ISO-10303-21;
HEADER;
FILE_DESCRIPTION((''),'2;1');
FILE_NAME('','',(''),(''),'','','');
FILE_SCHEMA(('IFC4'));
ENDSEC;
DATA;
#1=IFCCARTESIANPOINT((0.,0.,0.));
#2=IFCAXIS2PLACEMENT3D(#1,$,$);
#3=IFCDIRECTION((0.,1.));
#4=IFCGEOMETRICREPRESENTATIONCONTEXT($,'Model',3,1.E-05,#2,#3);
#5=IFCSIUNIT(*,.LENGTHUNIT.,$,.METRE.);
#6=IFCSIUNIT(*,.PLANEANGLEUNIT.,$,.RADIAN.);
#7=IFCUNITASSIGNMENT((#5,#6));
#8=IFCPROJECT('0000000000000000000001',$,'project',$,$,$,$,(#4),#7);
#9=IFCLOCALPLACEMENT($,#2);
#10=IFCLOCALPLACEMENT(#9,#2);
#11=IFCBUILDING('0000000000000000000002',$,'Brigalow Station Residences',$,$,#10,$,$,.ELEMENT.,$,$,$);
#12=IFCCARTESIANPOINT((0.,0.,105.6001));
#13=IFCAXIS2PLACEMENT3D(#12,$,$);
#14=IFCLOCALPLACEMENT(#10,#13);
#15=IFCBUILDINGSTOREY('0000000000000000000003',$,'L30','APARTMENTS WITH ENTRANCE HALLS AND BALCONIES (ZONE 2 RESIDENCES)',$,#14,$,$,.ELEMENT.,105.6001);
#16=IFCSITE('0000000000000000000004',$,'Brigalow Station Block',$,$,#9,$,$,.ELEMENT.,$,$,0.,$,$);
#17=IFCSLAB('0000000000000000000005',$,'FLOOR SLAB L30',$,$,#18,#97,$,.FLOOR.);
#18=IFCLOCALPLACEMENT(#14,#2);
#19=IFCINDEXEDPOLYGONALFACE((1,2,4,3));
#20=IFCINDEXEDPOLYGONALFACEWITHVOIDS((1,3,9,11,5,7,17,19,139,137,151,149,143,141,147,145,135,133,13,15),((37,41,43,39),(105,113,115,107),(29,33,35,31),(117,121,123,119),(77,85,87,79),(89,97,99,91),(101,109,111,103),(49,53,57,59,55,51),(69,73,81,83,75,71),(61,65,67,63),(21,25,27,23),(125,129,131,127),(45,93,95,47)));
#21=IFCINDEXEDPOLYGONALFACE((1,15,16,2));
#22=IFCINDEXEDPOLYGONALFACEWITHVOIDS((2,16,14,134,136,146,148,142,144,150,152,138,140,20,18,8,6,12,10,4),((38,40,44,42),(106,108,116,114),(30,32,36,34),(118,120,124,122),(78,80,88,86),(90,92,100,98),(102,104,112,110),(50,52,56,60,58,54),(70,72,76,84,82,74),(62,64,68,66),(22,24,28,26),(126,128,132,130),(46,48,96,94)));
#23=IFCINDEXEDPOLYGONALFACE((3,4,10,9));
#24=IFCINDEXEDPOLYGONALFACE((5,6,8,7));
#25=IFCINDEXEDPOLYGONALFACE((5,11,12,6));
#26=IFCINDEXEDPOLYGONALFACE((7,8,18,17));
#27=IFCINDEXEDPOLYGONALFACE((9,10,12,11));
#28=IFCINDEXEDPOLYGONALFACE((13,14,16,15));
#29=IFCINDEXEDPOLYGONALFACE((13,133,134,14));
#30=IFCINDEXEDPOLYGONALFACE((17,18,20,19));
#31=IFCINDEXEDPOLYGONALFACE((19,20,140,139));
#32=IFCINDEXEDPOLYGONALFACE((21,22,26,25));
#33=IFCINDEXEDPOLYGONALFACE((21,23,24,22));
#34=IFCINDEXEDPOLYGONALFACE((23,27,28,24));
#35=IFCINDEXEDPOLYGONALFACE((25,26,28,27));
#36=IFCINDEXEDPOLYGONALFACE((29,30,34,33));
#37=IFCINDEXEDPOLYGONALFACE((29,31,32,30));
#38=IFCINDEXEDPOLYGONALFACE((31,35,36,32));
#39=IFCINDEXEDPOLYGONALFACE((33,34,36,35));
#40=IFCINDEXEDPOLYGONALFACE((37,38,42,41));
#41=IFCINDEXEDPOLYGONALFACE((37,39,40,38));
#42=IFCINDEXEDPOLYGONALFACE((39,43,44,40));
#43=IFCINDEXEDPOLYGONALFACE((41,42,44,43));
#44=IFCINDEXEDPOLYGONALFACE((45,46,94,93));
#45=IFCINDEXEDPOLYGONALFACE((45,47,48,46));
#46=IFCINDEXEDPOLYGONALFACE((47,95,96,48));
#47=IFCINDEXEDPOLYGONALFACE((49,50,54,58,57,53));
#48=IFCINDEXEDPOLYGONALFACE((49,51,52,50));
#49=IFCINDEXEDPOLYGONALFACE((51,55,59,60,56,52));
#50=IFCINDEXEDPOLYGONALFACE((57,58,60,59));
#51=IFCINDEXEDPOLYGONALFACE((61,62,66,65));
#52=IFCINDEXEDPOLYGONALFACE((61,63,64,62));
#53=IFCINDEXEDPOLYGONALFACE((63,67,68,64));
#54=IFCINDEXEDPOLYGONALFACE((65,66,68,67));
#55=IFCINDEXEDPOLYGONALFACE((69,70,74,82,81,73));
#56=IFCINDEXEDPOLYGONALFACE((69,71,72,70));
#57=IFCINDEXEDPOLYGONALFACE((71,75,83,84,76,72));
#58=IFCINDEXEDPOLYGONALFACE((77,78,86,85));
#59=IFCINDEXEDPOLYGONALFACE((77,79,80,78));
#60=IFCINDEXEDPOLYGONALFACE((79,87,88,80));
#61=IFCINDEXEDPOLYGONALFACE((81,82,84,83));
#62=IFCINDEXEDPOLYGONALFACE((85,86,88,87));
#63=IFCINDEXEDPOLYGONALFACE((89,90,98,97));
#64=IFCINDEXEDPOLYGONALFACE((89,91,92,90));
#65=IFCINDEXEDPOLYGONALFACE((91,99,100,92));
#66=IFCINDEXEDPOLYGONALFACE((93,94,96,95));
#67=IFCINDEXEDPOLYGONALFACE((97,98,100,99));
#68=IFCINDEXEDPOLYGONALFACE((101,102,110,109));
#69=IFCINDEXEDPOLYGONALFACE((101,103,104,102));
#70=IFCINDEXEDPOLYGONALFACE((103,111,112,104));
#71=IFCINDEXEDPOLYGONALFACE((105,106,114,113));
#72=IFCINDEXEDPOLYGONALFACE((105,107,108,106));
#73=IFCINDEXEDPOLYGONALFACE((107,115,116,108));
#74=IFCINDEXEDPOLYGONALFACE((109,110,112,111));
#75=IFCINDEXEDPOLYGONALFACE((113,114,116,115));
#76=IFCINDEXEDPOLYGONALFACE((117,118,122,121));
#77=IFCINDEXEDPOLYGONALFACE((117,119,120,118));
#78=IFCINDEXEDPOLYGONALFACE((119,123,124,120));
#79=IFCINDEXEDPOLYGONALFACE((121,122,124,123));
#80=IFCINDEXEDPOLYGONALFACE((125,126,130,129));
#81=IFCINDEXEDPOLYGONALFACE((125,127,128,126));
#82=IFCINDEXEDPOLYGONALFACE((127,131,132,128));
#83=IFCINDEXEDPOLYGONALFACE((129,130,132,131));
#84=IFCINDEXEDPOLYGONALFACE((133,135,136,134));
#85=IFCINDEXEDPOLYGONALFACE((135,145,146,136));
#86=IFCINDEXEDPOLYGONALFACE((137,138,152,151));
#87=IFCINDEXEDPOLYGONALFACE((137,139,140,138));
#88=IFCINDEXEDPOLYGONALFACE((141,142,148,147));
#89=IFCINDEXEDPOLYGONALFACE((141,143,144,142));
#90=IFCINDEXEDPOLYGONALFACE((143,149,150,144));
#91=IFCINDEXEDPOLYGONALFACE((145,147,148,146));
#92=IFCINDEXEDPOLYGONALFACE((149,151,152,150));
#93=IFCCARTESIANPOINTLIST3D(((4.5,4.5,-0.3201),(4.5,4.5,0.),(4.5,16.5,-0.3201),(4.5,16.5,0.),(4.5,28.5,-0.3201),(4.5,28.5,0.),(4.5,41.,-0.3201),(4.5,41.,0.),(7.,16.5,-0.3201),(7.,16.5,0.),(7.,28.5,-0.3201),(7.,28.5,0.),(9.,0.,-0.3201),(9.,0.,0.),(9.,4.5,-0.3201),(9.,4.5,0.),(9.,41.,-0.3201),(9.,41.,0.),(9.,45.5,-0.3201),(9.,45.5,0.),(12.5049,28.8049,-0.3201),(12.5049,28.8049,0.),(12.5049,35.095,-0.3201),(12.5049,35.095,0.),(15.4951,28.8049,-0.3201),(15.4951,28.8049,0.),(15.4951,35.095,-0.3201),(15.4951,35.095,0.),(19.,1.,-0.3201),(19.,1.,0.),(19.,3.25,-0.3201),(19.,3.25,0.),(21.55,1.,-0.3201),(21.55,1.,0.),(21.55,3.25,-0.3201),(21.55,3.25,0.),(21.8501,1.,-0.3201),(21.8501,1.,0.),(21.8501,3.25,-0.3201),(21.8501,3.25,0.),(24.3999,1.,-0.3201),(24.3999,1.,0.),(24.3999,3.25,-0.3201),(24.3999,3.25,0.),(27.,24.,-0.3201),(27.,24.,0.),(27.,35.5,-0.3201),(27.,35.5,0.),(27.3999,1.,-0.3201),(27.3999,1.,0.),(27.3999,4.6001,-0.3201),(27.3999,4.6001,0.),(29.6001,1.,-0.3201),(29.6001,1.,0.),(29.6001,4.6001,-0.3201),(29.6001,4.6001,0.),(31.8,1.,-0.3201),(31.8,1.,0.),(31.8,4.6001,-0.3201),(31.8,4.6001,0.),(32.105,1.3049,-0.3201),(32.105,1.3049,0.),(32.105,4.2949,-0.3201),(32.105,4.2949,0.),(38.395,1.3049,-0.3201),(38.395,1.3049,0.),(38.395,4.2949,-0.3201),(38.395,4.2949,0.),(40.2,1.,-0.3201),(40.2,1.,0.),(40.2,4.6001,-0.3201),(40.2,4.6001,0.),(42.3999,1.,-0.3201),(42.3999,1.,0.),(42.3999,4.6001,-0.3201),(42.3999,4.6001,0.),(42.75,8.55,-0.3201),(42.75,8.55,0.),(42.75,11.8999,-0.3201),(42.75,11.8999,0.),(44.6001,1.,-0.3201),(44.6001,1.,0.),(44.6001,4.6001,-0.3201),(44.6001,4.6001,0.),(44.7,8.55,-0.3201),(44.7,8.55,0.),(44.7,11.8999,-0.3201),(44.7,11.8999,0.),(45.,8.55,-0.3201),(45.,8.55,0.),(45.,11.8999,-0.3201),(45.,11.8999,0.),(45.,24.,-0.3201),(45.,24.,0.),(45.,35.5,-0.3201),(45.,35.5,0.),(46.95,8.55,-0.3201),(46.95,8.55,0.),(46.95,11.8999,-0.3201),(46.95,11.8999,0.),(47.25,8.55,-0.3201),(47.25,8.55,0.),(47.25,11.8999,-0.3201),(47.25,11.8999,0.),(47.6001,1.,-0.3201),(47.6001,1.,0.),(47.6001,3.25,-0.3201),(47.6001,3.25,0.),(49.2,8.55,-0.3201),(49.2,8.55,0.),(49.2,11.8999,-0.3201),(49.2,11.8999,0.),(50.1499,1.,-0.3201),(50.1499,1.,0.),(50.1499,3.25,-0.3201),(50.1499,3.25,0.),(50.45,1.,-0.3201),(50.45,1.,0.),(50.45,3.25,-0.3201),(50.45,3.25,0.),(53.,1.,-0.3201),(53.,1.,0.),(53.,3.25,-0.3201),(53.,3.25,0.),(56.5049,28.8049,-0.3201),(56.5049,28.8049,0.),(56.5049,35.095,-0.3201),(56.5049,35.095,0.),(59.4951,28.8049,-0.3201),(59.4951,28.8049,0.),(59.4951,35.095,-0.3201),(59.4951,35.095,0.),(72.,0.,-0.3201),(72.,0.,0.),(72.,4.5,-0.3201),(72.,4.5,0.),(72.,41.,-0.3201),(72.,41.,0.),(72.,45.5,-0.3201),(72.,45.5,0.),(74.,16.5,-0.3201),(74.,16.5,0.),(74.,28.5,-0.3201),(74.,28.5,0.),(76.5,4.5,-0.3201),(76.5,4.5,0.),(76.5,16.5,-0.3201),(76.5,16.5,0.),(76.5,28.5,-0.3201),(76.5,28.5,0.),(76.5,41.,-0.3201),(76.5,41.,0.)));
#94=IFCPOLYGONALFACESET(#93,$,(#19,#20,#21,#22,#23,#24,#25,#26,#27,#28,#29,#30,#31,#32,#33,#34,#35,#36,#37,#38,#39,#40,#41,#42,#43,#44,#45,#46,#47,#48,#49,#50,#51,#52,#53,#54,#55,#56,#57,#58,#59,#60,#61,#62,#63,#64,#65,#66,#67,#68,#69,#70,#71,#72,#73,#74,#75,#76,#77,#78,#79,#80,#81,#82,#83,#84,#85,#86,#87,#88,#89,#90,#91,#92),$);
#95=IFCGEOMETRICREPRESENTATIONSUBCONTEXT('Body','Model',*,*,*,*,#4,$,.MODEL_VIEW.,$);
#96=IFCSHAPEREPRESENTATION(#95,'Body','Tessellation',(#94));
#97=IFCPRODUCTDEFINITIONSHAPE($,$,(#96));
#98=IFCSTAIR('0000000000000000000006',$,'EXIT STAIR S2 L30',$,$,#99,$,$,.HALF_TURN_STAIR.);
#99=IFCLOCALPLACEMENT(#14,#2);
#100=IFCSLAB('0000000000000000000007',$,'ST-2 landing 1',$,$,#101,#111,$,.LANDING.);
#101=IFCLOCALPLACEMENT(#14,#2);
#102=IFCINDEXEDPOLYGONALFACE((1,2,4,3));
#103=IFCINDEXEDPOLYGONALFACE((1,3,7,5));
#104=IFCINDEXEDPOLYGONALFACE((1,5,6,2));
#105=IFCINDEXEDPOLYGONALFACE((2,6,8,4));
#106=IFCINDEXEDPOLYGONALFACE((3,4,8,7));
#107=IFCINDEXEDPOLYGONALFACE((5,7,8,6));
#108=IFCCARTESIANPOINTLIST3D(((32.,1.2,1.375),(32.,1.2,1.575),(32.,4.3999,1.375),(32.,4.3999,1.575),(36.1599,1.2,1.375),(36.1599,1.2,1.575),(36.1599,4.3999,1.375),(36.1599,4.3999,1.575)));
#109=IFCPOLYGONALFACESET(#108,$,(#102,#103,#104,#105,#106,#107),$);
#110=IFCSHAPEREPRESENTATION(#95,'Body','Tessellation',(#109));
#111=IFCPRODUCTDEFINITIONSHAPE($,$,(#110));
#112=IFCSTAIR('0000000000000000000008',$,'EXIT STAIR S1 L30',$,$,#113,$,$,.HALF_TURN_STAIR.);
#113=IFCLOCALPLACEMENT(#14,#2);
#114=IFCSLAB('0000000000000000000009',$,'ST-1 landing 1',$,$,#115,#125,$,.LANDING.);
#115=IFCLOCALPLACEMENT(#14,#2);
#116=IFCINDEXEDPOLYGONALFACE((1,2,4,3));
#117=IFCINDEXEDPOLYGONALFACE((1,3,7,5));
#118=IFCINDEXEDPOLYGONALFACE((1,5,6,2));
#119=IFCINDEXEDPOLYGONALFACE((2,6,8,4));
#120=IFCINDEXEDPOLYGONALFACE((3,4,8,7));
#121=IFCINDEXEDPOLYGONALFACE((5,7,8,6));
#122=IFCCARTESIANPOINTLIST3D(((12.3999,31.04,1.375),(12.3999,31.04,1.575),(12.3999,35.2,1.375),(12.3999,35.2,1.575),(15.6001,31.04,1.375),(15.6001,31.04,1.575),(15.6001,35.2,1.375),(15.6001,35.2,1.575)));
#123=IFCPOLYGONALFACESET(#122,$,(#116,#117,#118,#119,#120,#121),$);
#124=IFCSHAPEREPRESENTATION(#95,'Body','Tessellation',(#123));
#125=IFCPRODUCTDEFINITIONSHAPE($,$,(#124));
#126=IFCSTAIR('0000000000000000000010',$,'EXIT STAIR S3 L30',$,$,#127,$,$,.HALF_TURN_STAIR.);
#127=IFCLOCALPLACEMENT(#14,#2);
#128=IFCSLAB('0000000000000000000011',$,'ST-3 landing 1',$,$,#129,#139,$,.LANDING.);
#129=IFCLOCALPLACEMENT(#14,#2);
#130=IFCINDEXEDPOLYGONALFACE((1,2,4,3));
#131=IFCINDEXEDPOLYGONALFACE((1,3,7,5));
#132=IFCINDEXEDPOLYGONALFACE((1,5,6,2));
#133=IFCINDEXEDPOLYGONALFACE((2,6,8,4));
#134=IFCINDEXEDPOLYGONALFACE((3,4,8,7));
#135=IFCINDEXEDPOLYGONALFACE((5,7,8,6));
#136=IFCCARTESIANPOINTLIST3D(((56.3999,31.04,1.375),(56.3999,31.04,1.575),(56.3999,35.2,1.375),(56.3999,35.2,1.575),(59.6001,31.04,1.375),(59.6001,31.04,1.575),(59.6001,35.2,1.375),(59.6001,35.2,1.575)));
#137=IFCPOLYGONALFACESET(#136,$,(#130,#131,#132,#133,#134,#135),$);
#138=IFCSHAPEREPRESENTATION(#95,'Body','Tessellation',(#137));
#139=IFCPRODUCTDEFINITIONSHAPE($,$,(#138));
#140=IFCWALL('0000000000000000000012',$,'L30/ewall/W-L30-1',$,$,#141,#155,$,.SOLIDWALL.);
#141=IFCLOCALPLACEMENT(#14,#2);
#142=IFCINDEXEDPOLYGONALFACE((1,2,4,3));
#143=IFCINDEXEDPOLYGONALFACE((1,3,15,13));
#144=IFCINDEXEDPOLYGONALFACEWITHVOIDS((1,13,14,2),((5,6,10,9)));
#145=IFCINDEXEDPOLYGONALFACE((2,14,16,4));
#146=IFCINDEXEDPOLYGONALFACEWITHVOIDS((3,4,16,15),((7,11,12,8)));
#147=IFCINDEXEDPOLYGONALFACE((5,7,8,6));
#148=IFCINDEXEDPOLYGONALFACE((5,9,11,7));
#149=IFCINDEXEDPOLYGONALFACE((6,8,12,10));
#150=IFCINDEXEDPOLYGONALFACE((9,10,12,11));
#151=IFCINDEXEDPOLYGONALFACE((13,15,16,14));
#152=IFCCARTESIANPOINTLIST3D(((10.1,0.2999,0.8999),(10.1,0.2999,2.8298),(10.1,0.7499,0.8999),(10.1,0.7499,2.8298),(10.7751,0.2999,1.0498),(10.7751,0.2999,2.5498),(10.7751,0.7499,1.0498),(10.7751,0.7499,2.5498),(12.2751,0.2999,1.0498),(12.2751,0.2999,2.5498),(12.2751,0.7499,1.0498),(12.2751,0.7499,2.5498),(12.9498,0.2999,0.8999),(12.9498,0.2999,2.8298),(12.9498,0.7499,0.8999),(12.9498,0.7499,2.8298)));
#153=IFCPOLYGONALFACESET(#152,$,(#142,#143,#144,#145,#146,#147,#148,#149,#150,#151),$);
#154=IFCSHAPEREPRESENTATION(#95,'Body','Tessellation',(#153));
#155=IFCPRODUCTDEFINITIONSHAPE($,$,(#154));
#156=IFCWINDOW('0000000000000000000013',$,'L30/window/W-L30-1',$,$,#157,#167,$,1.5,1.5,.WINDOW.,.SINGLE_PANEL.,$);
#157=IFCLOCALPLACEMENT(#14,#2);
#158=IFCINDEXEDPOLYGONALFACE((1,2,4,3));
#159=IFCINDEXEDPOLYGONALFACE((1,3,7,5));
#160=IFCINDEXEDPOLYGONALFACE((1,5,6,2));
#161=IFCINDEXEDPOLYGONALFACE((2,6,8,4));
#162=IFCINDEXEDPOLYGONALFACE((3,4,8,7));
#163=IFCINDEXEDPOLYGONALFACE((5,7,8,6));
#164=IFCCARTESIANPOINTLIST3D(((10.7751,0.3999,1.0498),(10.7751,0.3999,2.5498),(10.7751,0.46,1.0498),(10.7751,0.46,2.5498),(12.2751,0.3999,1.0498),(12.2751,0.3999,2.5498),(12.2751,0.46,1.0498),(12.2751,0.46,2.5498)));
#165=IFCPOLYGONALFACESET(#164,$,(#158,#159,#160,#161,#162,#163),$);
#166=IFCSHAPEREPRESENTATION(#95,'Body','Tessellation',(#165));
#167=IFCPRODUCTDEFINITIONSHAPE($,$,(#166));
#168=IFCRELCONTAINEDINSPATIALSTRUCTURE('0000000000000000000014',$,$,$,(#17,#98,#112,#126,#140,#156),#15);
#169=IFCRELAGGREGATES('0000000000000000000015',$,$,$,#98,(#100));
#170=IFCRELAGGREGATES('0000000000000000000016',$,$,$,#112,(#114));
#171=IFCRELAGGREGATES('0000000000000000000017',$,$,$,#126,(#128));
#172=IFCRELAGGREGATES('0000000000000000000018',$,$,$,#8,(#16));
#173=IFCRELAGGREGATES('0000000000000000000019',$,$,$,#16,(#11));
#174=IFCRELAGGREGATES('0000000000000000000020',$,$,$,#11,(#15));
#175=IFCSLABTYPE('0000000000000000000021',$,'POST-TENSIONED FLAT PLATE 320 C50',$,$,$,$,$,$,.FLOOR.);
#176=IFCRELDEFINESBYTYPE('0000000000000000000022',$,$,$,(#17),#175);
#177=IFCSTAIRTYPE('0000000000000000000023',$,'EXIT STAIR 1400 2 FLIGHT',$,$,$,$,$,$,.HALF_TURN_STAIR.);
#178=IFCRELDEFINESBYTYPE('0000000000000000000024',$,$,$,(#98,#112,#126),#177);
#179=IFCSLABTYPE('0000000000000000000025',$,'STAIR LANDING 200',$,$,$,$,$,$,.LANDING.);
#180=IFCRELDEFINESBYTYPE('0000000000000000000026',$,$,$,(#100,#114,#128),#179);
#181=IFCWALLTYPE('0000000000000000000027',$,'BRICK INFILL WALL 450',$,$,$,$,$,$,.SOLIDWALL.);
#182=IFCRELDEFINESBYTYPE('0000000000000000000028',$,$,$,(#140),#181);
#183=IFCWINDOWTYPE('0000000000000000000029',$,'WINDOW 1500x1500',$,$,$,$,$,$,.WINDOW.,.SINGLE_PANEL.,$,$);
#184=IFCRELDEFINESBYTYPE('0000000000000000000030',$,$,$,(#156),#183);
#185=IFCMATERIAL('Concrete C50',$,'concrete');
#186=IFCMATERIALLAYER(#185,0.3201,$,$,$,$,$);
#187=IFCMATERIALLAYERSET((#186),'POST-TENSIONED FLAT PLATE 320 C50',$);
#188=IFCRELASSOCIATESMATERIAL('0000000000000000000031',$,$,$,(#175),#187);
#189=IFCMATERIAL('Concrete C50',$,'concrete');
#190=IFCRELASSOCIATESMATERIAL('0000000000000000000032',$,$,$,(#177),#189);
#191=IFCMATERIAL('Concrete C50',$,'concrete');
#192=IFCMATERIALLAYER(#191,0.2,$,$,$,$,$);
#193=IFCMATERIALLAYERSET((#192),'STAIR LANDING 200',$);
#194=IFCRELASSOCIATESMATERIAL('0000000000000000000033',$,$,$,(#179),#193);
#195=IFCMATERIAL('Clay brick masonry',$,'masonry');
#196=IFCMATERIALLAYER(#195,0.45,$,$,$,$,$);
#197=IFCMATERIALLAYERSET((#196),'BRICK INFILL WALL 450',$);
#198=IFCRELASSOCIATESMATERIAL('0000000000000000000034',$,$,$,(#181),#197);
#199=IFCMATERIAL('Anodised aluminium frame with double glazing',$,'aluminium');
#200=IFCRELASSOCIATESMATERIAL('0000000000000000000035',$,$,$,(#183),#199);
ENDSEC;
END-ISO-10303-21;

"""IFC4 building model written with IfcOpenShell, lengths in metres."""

from ifc_helpers import new_model, si_unit, direction, frame, frame_2d, origin, place, context, subcontext, project, spatial, polyline, rectangle, outline, extrude, material, layer, layer_set, type_object, element, fill, aggregate, save


model = new_model("IFC4")

# Units and contexts
model_context = context("Model", 3, precision=1e-05, world=origin(), true_north=direction((0.0, 1.0)))
body_context = subcontext(model_context, "Body", "Model", "MODEL_VIEW")
ifc_project = project(units=[si_unit("LENGTHUNIT", "METRE"), si_unit("PLANEANGLEUNIT", "RADIAN")], contexts=[model_context])

# Site, building, storey
site_placement = place(None, origin())
site = spatial("IfcSite", under=ifc_project, at=site_placement, Name="Brigalow Station Block", CompositionType="ELEMENT", RefElevation=0.0)
building_placement = place(site_placement, origin())
building = spatial("IfcBuilding", under=site, at=building_placement, Name="Brigalow Station Residences", CompositionType="ELEMENT")
storey_placement = place(building_placement, frame((0.0, 0.0, 105.6001)))
storey = spatial("IfcBuildingStorey", under=building, at=storey_placement, Name="L30", Description="APARTMENTS WITH ENTRANCE HALLS AND BALCONIES (ZONE 2 RESIDENCES)", CompositionType="ELEMENT", Elevation=105.6001)

# Slab
ifc_material_1 = material(Name="Concrete C50", Category="concrete")
ifc_layer_1 = layer(ifc_material_1, 0.3201)
ifc_layer_set_1 = layer_set([ifc_layer_1], Name="POST-TENSIONED FLAT PLATE 320 C50")
slab_type_1 = type_object("IfcSlabType", Name="POST-TENSIONED FLAT PLATE 320 C50", PredefinedType="FLOOR", material=ifc_layer_set_1)
slab_1_placement = place(storey_placement, frame((0.0, 0.0, -0.3201)))
element("IfcSlab", 1, at=slab_1_placement, inside=storey, type_object=slab_type_1, Name="FLOOR SLAB L30", PredefinedType="FLOOR", context=body_context, shape_type="SweptSolid", body=[
    extrude(outline(polyline([(9.0, 0.0), (72.0, 0.0), (72.0, 4.5), (76.5, 4.5), (76.5, 16.5), (74.0, 16.5), (74.0, 28.5), (76.5, 28.5), (76.5, 41.0), (72.0, 41.0), (72.0, 45.5), (9.0, 45.5), (9.0, 41.0), (4.5, 41.0), (4.5, 28.5), (7.0, 28.5), (7.0, 16.5), (4.5, 16.5), (4.5, 4.5), (9.0, 4.5), (9.0, 0.0)]), holes=[polyline([(12.5049, 35.095), (15.4951, 35.095), (15.4951, 28.8049), (12.5049, 28.8049), (12.5049, 35.095)]), polyline([(19.0, 1.0), (19.0, 3.25), (21.55, 3.25), (21.55, 1.0), (19.0, 1.0)]), polyline([(21.8501, 3.25), (24.3999, 3.25), (24.3999, 1.0), (21.8501, 1.0), (21.8501, 3.25)]), polyline([(27.0, 35.5), (45.0, 35.5), (45.0, 24.0), (27.0, 24.0), (27.0, 35.5)]), polyline([(29.6001, 4.6001), (31.8, 4.6001), (31.8, 1.0), (29.6001, 1.0), (27.3999, 1.0), (27.3999, 4.6001), (29.6001, 4.6001)]), polyline([(32.105, 4.2949), (38.395, 4.2949), (38.395, 1.3049), (32.105, 1.3049), (32.105, 4.2949)]), polyline([(40.2, 4.6001), (42.3999, 4.6001), (44.6001, 4.6001), (44.6001, 1.0), (42.3999, 1.0), (40.2, 1.0), (40.2, 4.6001)]), polyline([(42.75, 11.8999), (44.7, 11.8999), (44.7, 8.55), (42.75, 8.55), (42.75, 11.8999)]), polyline([(45.0, 11.8999), (46.95, 11.8999), (46.95, 8.55), (45.0, 8.55), (45.0, 11.8999)]), polyline([(47.25, 11.8999), (49.2, 11.8999), (49.2, 8.55), (47.25, 8.55), (47.25, 11.8999)]), polyline([(47.6001, 3.25), (50.1499, 3.25), (50.1499, 1.0), (47.6001, 1.0), (47.6001, 3.25)]), polyline([(50.45, 3.25), (53.0, 3.25), (53.0, 1.0), (50.45, 1.0), (50.45, 3.25)]), polyline([(56.5049, 35.095), (59.4951, 35.095), (59.4951, 28.8049), (56.5049, 28.8049), (56.5049, 35.095)])]), origin(), (0.0, 0.0, 1.0), 0.3201),
])

# Stairs, slabs
ifc_material_2 = material(Name="Concrete C50", Category="concrete")
stair_type = type_object("IfcStairType", Name="EXIT STAIR 1400 2 FLIGHT", PredefinedType="HALF_TURN_STAIR", material=ifc_material_2)
stair_1_placement = place(storey_placement, origin())
stair_1 = element("IfcStair", 2, at=stair_1_placement, inside=storey, type_object=stair_type, Name="EXIT STAIR S2 L30", PredefinedType="HALF_TURN_STAIR")
ifc_material_3 = material(Name="Concrete C50", Category="concrete")
ifc_layer_2 = layer(ifc_material_3, 0.2)
ifc_layer_set_2 = layer_set([ifc_layer_2], Name="STAIR LANDING 200")
slab_type_2 = type_object("IfcSlabType", Name="STAIR LANDING 200", PredefinedType="LANDING", material=ifc_layer_set_2)
slab_2_placement = place(storey_placement, frame((0.0, 0.0, 1.375)))
slab_2 = element("IfcSlab", 3, at=slab_2_placement, type_object=slab_type_2, Name="ST-2 landing 1", PredefinedType="LANDING", context=body_context, shape_type="SweptSolid", body=[
    extrude(outline(polyline([(32.0, 1.2), (36.1599, 1.2), (36.1599, 4.3999), (32.0, 4.3999), (32.0, 1.2)])), origin(), (0.0, 0.0, 1.0), 0.2),
])
aggregate(stair_1, [slab_2])
stair_2_placement = place(storey_placement, origin())
stair_2 = element("IfcStair", 4, at=stair_2_placement, inside=storey, type_object=stair_type, Name="EXIT STAIR S1 L30", PredefinedType="HALF_TURN_STAIR")
slab_3_placement = place(storey_placement, frame((0.0, 0.0, 1.375)))
slab_3 = element("IfcSlab", 5, at=slab_3_placement, type_object=slab_type_2, Name="ST-1 landing 1", PredefinedType="LANDING", context=body_context, shape_type="SweptSolid", body=[
    extrude(outline(polyline([(12.3999, 31.04), (15.6001, 31.04), (15.6001, 35.2), (12.3999, 35.2), (12.3999, 31.04)])), origin(), (0.0, 0.0, 1.0), 0.2),
])
aggregate(stair_2, [slab_3])
stair_3_placement = place(storey_placement, origin())
stair_3 = element("IfcStair", 6, at=stair_3_placement, inside=storey, type_object=stair_type, Name="EXIT STAIR S3 L30", PredefinedType="HALF_TURN_STAIR")
slab_4_placement = place(storey_placement, frame((0.0, 0.0, 1.375)))
slab_4 = element("IfcSlab", 7, at=slab_4_placement, type_object=slab_type_2, Name="ST-3 landing 1", PredefinedType="LANDING", context=body_context, shape_type="SweptSolid", body=[
    extrude(outline(polyline([(56.3999, 31.04), (59.6001, 31.04), (59.6001, 35.2), (56.3999, 35.2), (56.3999, 31.04)])), origin(), (0.0, 0.0, 1.0), 0.2),
])
aggregate(stair_3, [slab_4])

# Wall, opening, window
ifc_material_4 = material(Name="Clay brick masonry", Category="masonry")
ifc_layer_3 = layer(ifc_material_4, 0.45)
ifc_layer_set_3 = layer_set([ifc_layer_3], Name="BRICK INFILL WALL 450")
wall_type_1 = type_object("IfcWallType", Name="BRICK INFILL WALL 450", PredefinedType="SOLIDWALL", material=ifc_layer_set_3)
wall_1_placement = place(storey_placement, frame((10.1001, 0.5249, 0.8999), z_axis=(0.0, 0.0, 1.0), x_axis=(1.0, 0.0, 0.0)))
wall_1 = element("IfcWall", 8, at=wall_1_placement, inside=storey, type_object=wall_type_1, Name="L30/ewall/W-L30-1", PredefinedType="SOLIDWALL", context=body_context, shape_type="SweptSolid", body=[
    extrude(rectangle(XDim=2.8499, YDim=0.45, at=frame_2d((1.4248, 0.0))), origin(), (0.0, 0.0, 1.0), 1.9299),
])
opening_1_placement = place(wall_1_placement, frame((0.675, 0.0, 0.1499)))
opening_1 = element("IfcOpeningElement", 9, at=opening_1_placement, cuts=wall_1, PredefinedType="OPENING", context=body_context, shape_type="SweptSolid", body=[
    extrude(rectangle(XDim=1.5, YDim=1.5, at=frame_2d((0.75, 0.75))), frame((0.0, 0.2349, 0.0), z_axis=(0.0, -1.0, 0.0), x_axis=(1.0, 0.0, 0.0)), (0.0, 0.0, 1.0), 0.47),
])
ifc_material_5 = material(Name="Anodised aluminium frame with double glazing", Category="aluminium")
window_type_1 = type_object("IfcWindowType", Name="WINDOW 1500x1500", PartitioningType="SINGLE_PANEL", PredefinedType="WINDOW", material=ifc_material_5)
window_1_placement = place(opening_1_placement, origin())
window_1 = element("IfcWindow", 10, at=window_1_placement, inside=storey, type_object=window_type_1, Name="L30/window/W-L30-1", OverallHeight=1.5, OverallWidth=1.5, PartitioningType="SINGLE_PANEL", PredefinedType="WINDOW", context=body_context, shape_type="SweptSolid", body=[
    extrude(rectangle(XDim=1.5, YDim=1.5, at=frame_2d((0.75, 0.75))), frame((0.0, -0.0649, 0.0), z_axis=(0.0, -1.0, 0.0), x_axis=(1.0, 0.0, 0.0)), (0.0, 0.0, 1.0), 0.0601),
])
fill(opening_1, window_1)

save(model, "model.ifc")
